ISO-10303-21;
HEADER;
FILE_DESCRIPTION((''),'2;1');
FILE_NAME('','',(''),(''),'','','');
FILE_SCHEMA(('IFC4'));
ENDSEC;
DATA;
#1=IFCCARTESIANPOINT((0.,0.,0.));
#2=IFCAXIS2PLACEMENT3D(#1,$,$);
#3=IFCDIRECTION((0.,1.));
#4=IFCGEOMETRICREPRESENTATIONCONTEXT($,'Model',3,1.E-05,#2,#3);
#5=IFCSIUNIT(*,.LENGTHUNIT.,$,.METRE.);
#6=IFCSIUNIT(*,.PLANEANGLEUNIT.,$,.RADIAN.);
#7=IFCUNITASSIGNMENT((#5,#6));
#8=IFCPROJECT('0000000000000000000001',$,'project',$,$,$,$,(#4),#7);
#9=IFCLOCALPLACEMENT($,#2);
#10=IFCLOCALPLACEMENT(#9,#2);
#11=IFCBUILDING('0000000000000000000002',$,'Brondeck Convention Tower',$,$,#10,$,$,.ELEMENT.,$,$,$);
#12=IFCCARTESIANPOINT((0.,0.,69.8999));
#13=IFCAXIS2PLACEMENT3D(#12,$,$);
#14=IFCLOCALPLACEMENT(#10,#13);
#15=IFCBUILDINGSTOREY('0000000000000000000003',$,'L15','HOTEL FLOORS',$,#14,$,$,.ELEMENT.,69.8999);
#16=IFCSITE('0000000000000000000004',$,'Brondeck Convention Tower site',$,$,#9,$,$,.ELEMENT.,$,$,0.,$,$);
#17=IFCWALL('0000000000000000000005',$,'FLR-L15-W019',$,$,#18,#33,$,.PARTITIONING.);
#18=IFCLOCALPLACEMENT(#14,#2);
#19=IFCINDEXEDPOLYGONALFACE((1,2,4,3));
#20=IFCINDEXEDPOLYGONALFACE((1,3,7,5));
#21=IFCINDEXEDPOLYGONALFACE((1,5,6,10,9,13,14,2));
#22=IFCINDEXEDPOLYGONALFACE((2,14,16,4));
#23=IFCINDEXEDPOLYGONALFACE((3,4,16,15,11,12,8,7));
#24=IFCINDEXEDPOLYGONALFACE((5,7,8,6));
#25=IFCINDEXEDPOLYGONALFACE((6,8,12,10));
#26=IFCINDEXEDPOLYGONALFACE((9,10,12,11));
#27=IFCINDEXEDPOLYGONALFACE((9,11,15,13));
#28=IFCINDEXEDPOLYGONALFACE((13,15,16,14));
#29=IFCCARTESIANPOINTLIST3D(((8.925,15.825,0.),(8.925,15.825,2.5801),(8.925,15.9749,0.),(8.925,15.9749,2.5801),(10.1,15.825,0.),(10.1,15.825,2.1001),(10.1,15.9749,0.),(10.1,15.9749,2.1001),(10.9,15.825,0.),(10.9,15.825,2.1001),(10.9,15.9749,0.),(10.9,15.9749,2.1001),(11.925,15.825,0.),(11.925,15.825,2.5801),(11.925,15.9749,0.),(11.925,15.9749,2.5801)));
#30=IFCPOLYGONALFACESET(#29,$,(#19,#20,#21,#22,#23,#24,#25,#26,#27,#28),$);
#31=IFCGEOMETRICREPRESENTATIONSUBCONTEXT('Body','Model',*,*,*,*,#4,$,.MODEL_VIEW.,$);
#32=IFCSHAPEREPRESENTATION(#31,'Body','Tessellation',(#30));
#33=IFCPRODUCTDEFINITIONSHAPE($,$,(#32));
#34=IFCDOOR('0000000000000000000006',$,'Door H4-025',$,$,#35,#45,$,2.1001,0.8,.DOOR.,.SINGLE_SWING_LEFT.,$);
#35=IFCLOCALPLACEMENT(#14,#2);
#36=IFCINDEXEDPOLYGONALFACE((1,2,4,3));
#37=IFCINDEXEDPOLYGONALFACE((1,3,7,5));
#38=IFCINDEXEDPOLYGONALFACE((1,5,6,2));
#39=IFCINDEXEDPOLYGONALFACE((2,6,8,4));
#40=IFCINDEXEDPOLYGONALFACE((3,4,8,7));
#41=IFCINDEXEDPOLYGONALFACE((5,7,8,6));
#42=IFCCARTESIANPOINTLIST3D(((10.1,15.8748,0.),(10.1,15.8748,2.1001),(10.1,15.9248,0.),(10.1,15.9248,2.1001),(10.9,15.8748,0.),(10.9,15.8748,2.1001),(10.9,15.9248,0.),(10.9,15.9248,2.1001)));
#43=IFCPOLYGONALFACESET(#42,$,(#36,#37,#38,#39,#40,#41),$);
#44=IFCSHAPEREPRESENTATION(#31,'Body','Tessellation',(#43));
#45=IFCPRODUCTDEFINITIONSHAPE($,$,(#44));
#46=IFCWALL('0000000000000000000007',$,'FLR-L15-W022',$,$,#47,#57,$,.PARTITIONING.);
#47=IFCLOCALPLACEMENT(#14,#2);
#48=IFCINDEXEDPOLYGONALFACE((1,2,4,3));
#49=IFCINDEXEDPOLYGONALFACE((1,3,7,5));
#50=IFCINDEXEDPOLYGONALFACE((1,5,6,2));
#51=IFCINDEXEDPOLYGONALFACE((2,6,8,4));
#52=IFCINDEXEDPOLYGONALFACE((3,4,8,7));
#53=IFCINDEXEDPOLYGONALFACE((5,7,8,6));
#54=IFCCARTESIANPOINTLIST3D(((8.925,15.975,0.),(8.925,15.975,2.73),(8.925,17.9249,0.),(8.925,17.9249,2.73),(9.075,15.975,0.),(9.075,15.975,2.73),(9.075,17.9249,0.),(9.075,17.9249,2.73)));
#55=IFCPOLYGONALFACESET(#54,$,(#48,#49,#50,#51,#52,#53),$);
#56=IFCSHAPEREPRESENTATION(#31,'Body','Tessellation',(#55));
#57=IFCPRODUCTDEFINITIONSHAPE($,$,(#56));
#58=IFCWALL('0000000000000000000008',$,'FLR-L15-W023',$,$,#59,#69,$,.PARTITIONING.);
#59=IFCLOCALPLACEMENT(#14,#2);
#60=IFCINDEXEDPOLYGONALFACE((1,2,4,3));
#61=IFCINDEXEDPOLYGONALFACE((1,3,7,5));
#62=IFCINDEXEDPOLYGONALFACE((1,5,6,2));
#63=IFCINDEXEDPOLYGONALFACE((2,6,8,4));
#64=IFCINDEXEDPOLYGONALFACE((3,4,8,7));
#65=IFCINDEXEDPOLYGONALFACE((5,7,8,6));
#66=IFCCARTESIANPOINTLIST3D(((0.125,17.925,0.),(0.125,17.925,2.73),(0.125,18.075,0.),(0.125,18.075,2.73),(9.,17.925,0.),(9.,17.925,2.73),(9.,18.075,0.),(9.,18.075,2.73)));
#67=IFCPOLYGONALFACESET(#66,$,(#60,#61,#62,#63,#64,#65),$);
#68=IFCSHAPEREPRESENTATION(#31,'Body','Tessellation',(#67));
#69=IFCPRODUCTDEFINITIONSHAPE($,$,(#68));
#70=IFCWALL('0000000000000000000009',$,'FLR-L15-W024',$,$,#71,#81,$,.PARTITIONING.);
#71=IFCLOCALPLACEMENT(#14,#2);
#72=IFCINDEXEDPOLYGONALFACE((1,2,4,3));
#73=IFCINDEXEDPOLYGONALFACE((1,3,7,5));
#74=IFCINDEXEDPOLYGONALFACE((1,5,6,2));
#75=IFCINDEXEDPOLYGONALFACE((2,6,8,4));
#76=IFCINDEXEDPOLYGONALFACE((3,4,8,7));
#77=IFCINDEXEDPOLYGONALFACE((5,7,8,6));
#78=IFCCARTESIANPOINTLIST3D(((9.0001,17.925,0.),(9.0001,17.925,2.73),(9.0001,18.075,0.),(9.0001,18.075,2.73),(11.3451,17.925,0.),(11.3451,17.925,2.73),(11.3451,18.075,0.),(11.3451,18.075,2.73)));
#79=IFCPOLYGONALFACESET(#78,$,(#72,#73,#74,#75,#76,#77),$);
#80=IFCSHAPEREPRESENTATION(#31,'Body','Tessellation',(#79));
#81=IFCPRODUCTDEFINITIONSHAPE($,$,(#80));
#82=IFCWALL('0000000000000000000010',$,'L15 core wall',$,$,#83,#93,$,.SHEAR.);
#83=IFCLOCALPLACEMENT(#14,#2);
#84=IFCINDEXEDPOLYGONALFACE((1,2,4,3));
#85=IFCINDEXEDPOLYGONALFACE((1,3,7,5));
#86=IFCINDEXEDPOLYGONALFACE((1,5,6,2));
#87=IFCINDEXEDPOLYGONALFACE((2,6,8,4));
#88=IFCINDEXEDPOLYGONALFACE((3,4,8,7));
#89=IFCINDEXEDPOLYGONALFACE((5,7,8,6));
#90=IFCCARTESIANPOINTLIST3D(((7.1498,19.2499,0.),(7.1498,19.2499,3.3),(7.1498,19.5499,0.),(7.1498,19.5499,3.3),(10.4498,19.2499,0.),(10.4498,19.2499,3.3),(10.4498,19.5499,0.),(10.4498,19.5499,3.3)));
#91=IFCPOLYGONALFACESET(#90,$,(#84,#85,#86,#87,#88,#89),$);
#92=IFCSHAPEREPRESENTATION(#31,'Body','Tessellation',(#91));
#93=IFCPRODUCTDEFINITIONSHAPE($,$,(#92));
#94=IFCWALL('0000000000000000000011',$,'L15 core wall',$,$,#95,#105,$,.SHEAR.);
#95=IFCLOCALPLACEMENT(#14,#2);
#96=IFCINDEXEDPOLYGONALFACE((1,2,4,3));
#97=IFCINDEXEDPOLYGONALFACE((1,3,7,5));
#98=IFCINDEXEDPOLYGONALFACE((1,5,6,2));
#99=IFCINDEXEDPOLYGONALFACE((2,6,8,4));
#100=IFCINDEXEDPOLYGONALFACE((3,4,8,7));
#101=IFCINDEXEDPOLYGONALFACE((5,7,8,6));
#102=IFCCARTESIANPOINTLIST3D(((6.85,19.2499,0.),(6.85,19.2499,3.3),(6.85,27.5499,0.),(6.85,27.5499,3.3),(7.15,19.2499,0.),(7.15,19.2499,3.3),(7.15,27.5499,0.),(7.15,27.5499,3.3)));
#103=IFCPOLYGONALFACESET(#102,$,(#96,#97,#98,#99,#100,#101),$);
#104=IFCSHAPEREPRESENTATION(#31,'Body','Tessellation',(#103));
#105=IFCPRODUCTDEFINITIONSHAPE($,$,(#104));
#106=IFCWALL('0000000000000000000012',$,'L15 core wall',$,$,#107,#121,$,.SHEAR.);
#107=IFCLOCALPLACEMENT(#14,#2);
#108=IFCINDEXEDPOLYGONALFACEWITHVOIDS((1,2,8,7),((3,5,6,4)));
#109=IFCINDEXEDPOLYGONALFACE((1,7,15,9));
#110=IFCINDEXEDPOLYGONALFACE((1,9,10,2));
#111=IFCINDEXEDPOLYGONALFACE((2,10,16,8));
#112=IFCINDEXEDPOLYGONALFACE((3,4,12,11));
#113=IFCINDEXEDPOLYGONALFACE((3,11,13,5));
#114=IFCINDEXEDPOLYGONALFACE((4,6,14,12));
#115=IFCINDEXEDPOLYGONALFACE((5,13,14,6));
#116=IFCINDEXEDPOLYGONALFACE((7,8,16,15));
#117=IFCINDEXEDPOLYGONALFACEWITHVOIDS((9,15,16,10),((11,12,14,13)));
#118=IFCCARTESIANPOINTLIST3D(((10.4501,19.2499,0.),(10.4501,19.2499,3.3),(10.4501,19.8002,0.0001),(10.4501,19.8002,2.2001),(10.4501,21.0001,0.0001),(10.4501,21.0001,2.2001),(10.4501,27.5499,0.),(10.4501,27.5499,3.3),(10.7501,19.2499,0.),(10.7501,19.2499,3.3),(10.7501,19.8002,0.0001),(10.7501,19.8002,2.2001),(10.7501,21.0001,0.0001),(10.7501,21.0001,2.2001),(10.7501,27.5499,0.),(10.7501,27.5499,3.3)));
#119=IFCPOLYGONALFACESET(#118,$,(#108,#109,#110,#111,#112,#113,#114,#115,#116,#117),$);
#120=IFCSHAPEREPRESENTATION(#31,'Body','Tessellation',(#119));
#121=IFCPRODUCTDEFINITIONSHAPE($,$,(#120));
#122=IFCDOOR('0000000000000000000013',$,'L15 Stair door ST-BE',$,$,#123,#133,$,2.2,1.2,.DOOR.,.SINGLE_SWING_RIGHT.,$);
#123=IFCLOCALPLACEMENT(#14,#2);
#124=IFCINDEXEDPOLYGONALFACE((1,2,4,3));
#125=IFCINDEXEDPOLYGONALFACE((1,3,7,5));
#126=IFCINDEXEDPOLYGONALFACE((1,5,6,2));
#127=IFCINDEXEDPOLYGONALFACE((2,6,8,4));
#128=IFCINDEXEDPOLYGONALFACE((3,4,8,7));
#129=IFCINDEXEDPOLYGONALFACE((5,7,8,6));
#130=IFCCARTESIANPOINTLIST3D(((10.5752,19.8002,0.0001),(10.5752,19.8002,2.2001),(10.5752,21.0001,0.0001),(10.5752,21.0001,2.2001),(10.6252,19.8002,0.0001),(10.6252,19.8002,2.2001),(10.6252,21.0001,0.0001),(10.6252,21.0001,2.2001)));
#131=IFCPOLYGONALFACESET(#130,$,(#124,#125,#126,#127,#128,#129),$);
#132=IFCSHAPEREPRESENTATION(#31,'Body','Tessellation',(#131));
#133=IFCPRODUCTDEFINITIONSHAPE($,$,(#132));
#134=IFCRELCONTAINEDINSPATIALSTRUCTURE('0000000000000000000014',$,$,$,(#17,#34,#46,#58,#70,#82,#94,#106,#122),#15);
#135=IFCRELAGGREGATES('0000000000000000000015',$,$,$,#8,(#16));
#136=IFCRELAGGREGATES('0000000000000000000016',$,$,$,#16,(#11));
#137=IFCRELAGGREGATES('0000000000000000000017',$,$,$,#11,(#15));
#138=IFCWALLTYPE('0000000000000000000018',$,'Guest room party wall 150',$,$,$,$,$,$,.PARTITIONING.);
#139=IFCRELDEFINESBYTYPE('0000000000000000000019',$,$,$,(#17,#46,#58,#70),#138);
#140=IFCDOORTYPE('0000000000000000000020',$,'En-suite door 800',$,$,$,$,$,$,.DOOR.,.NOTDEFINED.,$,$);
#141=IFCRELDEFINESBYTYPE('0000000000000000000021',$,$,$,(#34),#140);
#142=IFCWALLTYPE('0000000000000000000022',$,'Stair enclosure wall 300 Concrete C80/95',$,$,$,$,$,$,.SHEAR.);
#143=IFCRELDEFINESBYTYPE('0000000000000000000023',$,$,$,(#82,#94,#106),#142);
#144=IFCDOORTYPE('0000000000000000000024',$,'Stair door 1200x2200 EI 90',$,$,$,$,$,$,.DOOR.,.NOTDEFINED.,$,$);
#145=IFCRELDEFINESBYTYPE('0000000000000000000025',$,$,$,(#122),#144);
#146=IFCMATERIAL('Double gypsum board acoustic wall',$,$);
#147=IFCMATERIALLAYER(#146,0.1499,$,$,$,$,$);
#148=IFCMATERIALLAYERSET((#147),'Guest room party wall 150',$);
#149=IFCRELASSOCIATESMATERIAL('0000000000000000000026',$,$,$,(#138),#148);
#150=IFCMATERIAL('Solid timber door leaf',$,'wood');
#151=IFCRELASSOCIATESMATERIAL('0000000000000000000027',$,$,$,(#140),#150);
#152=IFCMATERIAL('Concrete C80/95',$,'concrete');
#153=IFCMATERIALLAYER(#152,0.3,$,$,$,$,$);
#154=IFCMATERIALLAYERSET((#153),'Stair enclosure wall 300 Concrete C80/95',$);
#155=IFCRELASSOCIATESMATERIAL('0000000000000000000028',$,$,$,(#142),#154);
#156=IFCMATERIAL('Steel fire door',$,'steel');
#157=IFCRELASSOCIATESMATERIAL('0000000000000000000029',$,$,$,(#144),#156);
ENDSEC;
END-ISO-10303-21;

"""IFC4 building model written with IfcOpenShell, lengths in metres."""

from ifc_helpers import new_model, si_unit, direction, frame, frame_2d, origin, place, context, subcontext, project, spatial, rectangle, extrude, material, layer, layer_set, type_object, element, fill, save


model = new_model("IFC4")

# Units and contexts
model_context = context("Model", 3, precision=1e-05, world=origin(), true_north=direction((0.0, 1.0)))
body_context = subcontext(model_context, "Body", "Model", "MODEL_VIEW")
ifc_project = project(units=[si_unit("LENGTHUNIT", "METRE"), si_unit("PLANEANGLEUNIT", "RADIAN")], contexts=[model_context])

# Site, building, storey
site_placement = place(None, origin())
site = spatial("IfcSite", under=ifc_project, at=site_placement, Name="Brondeck Convention Tower site", CompositionType="ELEMENT", RefElevation=0.0)
building_placement = place(site_placement, origin())
building = spatial("IfcBuilding", under=site, at=building_placement, Name="Brondeck Convention Tower", CompositionType="ELEMENT")
storey_placement = place(building_placement, frame((0.0, 0.0, 69.8999)))
storey = spatial("IfcBuildingStorey", under=building, at=storey_placement, Name="L15", Description="HOTEL FLOORS", CompositionType="ELEMENT", Elevation=69.8999)

# Shared definitions
ifc_material_1 = material(Name="Concrete C80/95", Category="concrete")

# Shared definitions
ifc_material_2 = material(Name="Double gypsum board acoustic wall")
ifc_layer_1 = layer(ifc_material_2, 0.1499)
ifc_layer_set_1 = layer_set([ifc_layer_1], Name="Guest room party wall 150")
wall_type_1 = type_object("IfcWallType", Name="Guest room party wall 150", PredefinedType="PARTITIONING", material=ifc_layer_set_1)

# Wall, opening, door
wall_1_placement = place(storey_placement, frame((8.925, 15.8999, 0.0), z_axis=(0.0, 0.0, 1.0), x_axis=(1.0, 0.0, 0.0)))
wall_1 = element("IfcWall", 1, at=wall_1_placement, inside=storey, type_object=wall_type_1, Name="FLR-L15-W019", PredefinedType="PARTITIONING", context=body_context, shape_type="SweptSolid", body=[
    extrude(rectangle(XDim=3.0, YDim=0.1499, at=frame_2d((1.5, 0.0))), origin(), (0.0, 0.0, 1.0), 2.5801),
])
opening_1_placement = place(wall_1_placement, frame((1.175, 0.0, 0.0)))
opening_1 = element("IfcOpeningElement", 2, at=opening_1_placement, cuts=wall_1, PredefinedType="OPENING", context=body_context, shape_type="SweptSolid", body=[
    extrude(rectangle(XDim=0.8, YDim=2.1001, at=frame_2d((0.3999, 1.05))), frame((0.0, 0.085, 0.0), z_axis=(0.0, -1.0, 0.0), x_axis=(1.0, 0.0, 0.0)), (0.0, 0.0, 1.0), 0.1699),
])
ifc_material_3 = material(Name="Solid timber door leaf", Category="wood")
door_type_1 = type_object("IfcDoorType", Name="En-suite door 800", OperationType="NOTDEFINED", PredefinedType="DOOR", material=ifc_material_3)
door_1_placement = place(opening_1_placement, origin())
door_1 = element("IfcDoor", 3, at=door_1_placement, inside=storey, type_object=door_type_1, Name="Door H4-025", OperationType="SINGLE_SWING_LEFT", OverallHeight=2.1001, OverallWidth=0.8, PredefinedType="DOOR", context=body_context, shape_type="SweptSolid", body=[
    extrude(rectangle(XDim=0.8, YDim=2.1001, at=frame_2d((0.3999, 1.05))), frame((0.0, 0.0249, 0.0), z_axis=(0.0, -1.0, 0.0), x_axis=(1.0, 0.0, 0.0)), (0.0, 0.0, 1.0), 0.05),
])
fill(opening_1, door_1)

# Walls
wall_2_placement = place(storey_placement, frame((9.0, 17.925, 0.0), z_axis=(0.0, 0.0, 1.0), x_axis=(0.0, -1.0, 0.0)))
element("IfcWall", 4, at=wall_2_placement, inside=storey, type_object=wall_type_1, Name="FLR-L15-W022", PredefinedType="PARTITIONING", context=body_context, shape_type="SweptSolid", body=[
    extrude(rectangle(XDim=1.95, YDim=0.1499, at=frame_2d((0.9751, 0.0))), origin(), (0.0, 0.0, 1.0), 2.73),
])
wall_3_placement = place(storey_placement, frame((9.0, 18.0, 0.0), z_axis=(0.0, 0.0, 1.0), x_axis=(-1.0, 0.0, 0.0)))
element("IfcWall", 5, at=wall_3_placement, inside=storey, type_object=wall_type_1, Name="FLR-L15-W023", PredefinedType="PARTITIONING", context=body_context, shape_type="SweptSolid", body=[
    extrude(rectangle(XDim=8.875, YDim=0.1499, at=frame_2d((4.4375, 0.0))), origin(), (0.0, 0.0, 1.0), 2.73),
])
wall_4_placement = place(storey_placement, frame((11.345, 18.0, 0.0), z_axis=(0.0, 0.0, 1.0), x_axis=(-1.0, 0.0, 0.0)))
element("IfcWall", 6, at=wall_4_placement, inside=storey, type_object=wall_type_1, Name="FLR-L15-W024", PredefinedType="PARTITIONING", context=body_context, shape_type="SweptSolid", body=[
    extrude(rectangle(XDim=2.345, YDim=0.1499, at=frame_2d((1.1724, 0.0))), origin(), (0.0, 0.0, 1.0), 2.73),
])
ifc_layer_2 = layer(ifc_material_1, 0.3)
ifc_layer_set_2 = layer_set([ifc_layer_2], Name="Stair enclosure wall 300 Concrete C80/95")
wall_type_2 = type_object("IfcWallType", Name="Stair enclosure wall 300 Concrete C80/95", PredefinedType="SHEAR", material=ifc_layer_set_2)
wall_5_placement = place(storey_placement, frame((7.1499, 19.3999, 0.0), z_axis=(0.0, 0.0, 1.0), x_axis=(1.0, 0.0, 0.0)))
element("IfcWall", 7, at=wall_5_placement, inside=storey, type_object=wall_type_2, Name="L15 core wall", PredefinedType="SHEAR", context=body_context, shape_type="SweptSolid", body=[
    extrude(rectangle(XDim=3.3, YDim=0.3, at=frame_2d((1.6499, 0.0))), origin(), (0.0, 0.0, 1.0), 3.3),
])
wall_6_placement = place(storey_placement, frame((7.0, 19.25, 0.0), z_axis=(0.0, 0.0, 1.0), x_axis=(0.0, 1.0, 0.0)))
element("IfcWall", 8, at=wall_6_placement, inside=storey, type_object=wall_type_2, Name="L15 core wall", PredefinedType="SHEAR", context=body_context, shape_type="SweptSolid", body=[
    extrude(rectangle(XDim=8.3, YDim=0.3, at=frame_2d((4.1499, 0.0))), origin(), (0.0, 0.0, 1.0), 3.3),
])

# Wall, opening, door
wall_7_placement = place(storey_placement, frame((10.6001, 19.25, 0.0), z_axis=(0.0, 0.0, 1.0), x_axis=(0.0, 1.0, 0.0)))
wall_7 = element("IfcWall", 9, at=wall_7_placement, inside=storey, type_object=wall_type_2, Name="L15 core wall", PredefinedType="SHEAR", context=body_context, shape_type="SweptSolid", body=[
    extrude(rectangle(XDim=8.3, YDim=0.3, at=frame_2d((4.1499, 0.0))), origin(), (0.0, 0.0, 1.0), 3.3),
])
opening_2_placement = place(wall_7_placement, frame((0.55, 0.0, 0.0)))
opening_2 = element("IfcOpeningElement", 10, at=opening_2_placement, cuts=wall_7, PredefinedType="OPENING", context=body_context, shape_type="SweptSolid", body=[
    extrude(rectangle(XDim=1.2, YDim=2.2, at=frame_2d((0.6001, 1.1001))), frame((0.0, 0.1599, 0.0), z_axis=(0.0, -1.0, 0.0), x_axis=(1.0, 0.0, 0.0)), (0.0, 0.0, 1.0), 0.3201),
])
ifc_material_4 = material(Name="Steel fire door", Category="steel")
door_type_2 = type_object("IfcDoorType", Name="Stair door 1200x2200 EI 90", OperationType="NOTDEFINED", PredefinedType="DOOR", material=ifc_material_4)
door_2_placement = place(opening_2_placement, origin())
door_2 = element("IfcDoor", 11, at=door_2_placement, inside=storey, type_object=door_type_2, Name="L15 Stair door ST-BE", OperationType="SINGLE_SWING_RIGHT", OverallHeight=2.2, OverallWidth=1.2, PredefinedType="DOOR", context=body_context, shape_type="SweptSolid", body=[
    extrude(rectangle(XDim=1.2, YDim=2.2, at=frame_2d((0.6001, 1.1001))), frame((0.0, 0.0249, 0.0), z_axis=(0.0, -1.0, 0.0), x_axis=(1.0, 0.0, 0.0)), (0.0, 0.0, 1.0), 0.05),
])
fill(opening_2, door_2)

save(model, "model.ifc")
